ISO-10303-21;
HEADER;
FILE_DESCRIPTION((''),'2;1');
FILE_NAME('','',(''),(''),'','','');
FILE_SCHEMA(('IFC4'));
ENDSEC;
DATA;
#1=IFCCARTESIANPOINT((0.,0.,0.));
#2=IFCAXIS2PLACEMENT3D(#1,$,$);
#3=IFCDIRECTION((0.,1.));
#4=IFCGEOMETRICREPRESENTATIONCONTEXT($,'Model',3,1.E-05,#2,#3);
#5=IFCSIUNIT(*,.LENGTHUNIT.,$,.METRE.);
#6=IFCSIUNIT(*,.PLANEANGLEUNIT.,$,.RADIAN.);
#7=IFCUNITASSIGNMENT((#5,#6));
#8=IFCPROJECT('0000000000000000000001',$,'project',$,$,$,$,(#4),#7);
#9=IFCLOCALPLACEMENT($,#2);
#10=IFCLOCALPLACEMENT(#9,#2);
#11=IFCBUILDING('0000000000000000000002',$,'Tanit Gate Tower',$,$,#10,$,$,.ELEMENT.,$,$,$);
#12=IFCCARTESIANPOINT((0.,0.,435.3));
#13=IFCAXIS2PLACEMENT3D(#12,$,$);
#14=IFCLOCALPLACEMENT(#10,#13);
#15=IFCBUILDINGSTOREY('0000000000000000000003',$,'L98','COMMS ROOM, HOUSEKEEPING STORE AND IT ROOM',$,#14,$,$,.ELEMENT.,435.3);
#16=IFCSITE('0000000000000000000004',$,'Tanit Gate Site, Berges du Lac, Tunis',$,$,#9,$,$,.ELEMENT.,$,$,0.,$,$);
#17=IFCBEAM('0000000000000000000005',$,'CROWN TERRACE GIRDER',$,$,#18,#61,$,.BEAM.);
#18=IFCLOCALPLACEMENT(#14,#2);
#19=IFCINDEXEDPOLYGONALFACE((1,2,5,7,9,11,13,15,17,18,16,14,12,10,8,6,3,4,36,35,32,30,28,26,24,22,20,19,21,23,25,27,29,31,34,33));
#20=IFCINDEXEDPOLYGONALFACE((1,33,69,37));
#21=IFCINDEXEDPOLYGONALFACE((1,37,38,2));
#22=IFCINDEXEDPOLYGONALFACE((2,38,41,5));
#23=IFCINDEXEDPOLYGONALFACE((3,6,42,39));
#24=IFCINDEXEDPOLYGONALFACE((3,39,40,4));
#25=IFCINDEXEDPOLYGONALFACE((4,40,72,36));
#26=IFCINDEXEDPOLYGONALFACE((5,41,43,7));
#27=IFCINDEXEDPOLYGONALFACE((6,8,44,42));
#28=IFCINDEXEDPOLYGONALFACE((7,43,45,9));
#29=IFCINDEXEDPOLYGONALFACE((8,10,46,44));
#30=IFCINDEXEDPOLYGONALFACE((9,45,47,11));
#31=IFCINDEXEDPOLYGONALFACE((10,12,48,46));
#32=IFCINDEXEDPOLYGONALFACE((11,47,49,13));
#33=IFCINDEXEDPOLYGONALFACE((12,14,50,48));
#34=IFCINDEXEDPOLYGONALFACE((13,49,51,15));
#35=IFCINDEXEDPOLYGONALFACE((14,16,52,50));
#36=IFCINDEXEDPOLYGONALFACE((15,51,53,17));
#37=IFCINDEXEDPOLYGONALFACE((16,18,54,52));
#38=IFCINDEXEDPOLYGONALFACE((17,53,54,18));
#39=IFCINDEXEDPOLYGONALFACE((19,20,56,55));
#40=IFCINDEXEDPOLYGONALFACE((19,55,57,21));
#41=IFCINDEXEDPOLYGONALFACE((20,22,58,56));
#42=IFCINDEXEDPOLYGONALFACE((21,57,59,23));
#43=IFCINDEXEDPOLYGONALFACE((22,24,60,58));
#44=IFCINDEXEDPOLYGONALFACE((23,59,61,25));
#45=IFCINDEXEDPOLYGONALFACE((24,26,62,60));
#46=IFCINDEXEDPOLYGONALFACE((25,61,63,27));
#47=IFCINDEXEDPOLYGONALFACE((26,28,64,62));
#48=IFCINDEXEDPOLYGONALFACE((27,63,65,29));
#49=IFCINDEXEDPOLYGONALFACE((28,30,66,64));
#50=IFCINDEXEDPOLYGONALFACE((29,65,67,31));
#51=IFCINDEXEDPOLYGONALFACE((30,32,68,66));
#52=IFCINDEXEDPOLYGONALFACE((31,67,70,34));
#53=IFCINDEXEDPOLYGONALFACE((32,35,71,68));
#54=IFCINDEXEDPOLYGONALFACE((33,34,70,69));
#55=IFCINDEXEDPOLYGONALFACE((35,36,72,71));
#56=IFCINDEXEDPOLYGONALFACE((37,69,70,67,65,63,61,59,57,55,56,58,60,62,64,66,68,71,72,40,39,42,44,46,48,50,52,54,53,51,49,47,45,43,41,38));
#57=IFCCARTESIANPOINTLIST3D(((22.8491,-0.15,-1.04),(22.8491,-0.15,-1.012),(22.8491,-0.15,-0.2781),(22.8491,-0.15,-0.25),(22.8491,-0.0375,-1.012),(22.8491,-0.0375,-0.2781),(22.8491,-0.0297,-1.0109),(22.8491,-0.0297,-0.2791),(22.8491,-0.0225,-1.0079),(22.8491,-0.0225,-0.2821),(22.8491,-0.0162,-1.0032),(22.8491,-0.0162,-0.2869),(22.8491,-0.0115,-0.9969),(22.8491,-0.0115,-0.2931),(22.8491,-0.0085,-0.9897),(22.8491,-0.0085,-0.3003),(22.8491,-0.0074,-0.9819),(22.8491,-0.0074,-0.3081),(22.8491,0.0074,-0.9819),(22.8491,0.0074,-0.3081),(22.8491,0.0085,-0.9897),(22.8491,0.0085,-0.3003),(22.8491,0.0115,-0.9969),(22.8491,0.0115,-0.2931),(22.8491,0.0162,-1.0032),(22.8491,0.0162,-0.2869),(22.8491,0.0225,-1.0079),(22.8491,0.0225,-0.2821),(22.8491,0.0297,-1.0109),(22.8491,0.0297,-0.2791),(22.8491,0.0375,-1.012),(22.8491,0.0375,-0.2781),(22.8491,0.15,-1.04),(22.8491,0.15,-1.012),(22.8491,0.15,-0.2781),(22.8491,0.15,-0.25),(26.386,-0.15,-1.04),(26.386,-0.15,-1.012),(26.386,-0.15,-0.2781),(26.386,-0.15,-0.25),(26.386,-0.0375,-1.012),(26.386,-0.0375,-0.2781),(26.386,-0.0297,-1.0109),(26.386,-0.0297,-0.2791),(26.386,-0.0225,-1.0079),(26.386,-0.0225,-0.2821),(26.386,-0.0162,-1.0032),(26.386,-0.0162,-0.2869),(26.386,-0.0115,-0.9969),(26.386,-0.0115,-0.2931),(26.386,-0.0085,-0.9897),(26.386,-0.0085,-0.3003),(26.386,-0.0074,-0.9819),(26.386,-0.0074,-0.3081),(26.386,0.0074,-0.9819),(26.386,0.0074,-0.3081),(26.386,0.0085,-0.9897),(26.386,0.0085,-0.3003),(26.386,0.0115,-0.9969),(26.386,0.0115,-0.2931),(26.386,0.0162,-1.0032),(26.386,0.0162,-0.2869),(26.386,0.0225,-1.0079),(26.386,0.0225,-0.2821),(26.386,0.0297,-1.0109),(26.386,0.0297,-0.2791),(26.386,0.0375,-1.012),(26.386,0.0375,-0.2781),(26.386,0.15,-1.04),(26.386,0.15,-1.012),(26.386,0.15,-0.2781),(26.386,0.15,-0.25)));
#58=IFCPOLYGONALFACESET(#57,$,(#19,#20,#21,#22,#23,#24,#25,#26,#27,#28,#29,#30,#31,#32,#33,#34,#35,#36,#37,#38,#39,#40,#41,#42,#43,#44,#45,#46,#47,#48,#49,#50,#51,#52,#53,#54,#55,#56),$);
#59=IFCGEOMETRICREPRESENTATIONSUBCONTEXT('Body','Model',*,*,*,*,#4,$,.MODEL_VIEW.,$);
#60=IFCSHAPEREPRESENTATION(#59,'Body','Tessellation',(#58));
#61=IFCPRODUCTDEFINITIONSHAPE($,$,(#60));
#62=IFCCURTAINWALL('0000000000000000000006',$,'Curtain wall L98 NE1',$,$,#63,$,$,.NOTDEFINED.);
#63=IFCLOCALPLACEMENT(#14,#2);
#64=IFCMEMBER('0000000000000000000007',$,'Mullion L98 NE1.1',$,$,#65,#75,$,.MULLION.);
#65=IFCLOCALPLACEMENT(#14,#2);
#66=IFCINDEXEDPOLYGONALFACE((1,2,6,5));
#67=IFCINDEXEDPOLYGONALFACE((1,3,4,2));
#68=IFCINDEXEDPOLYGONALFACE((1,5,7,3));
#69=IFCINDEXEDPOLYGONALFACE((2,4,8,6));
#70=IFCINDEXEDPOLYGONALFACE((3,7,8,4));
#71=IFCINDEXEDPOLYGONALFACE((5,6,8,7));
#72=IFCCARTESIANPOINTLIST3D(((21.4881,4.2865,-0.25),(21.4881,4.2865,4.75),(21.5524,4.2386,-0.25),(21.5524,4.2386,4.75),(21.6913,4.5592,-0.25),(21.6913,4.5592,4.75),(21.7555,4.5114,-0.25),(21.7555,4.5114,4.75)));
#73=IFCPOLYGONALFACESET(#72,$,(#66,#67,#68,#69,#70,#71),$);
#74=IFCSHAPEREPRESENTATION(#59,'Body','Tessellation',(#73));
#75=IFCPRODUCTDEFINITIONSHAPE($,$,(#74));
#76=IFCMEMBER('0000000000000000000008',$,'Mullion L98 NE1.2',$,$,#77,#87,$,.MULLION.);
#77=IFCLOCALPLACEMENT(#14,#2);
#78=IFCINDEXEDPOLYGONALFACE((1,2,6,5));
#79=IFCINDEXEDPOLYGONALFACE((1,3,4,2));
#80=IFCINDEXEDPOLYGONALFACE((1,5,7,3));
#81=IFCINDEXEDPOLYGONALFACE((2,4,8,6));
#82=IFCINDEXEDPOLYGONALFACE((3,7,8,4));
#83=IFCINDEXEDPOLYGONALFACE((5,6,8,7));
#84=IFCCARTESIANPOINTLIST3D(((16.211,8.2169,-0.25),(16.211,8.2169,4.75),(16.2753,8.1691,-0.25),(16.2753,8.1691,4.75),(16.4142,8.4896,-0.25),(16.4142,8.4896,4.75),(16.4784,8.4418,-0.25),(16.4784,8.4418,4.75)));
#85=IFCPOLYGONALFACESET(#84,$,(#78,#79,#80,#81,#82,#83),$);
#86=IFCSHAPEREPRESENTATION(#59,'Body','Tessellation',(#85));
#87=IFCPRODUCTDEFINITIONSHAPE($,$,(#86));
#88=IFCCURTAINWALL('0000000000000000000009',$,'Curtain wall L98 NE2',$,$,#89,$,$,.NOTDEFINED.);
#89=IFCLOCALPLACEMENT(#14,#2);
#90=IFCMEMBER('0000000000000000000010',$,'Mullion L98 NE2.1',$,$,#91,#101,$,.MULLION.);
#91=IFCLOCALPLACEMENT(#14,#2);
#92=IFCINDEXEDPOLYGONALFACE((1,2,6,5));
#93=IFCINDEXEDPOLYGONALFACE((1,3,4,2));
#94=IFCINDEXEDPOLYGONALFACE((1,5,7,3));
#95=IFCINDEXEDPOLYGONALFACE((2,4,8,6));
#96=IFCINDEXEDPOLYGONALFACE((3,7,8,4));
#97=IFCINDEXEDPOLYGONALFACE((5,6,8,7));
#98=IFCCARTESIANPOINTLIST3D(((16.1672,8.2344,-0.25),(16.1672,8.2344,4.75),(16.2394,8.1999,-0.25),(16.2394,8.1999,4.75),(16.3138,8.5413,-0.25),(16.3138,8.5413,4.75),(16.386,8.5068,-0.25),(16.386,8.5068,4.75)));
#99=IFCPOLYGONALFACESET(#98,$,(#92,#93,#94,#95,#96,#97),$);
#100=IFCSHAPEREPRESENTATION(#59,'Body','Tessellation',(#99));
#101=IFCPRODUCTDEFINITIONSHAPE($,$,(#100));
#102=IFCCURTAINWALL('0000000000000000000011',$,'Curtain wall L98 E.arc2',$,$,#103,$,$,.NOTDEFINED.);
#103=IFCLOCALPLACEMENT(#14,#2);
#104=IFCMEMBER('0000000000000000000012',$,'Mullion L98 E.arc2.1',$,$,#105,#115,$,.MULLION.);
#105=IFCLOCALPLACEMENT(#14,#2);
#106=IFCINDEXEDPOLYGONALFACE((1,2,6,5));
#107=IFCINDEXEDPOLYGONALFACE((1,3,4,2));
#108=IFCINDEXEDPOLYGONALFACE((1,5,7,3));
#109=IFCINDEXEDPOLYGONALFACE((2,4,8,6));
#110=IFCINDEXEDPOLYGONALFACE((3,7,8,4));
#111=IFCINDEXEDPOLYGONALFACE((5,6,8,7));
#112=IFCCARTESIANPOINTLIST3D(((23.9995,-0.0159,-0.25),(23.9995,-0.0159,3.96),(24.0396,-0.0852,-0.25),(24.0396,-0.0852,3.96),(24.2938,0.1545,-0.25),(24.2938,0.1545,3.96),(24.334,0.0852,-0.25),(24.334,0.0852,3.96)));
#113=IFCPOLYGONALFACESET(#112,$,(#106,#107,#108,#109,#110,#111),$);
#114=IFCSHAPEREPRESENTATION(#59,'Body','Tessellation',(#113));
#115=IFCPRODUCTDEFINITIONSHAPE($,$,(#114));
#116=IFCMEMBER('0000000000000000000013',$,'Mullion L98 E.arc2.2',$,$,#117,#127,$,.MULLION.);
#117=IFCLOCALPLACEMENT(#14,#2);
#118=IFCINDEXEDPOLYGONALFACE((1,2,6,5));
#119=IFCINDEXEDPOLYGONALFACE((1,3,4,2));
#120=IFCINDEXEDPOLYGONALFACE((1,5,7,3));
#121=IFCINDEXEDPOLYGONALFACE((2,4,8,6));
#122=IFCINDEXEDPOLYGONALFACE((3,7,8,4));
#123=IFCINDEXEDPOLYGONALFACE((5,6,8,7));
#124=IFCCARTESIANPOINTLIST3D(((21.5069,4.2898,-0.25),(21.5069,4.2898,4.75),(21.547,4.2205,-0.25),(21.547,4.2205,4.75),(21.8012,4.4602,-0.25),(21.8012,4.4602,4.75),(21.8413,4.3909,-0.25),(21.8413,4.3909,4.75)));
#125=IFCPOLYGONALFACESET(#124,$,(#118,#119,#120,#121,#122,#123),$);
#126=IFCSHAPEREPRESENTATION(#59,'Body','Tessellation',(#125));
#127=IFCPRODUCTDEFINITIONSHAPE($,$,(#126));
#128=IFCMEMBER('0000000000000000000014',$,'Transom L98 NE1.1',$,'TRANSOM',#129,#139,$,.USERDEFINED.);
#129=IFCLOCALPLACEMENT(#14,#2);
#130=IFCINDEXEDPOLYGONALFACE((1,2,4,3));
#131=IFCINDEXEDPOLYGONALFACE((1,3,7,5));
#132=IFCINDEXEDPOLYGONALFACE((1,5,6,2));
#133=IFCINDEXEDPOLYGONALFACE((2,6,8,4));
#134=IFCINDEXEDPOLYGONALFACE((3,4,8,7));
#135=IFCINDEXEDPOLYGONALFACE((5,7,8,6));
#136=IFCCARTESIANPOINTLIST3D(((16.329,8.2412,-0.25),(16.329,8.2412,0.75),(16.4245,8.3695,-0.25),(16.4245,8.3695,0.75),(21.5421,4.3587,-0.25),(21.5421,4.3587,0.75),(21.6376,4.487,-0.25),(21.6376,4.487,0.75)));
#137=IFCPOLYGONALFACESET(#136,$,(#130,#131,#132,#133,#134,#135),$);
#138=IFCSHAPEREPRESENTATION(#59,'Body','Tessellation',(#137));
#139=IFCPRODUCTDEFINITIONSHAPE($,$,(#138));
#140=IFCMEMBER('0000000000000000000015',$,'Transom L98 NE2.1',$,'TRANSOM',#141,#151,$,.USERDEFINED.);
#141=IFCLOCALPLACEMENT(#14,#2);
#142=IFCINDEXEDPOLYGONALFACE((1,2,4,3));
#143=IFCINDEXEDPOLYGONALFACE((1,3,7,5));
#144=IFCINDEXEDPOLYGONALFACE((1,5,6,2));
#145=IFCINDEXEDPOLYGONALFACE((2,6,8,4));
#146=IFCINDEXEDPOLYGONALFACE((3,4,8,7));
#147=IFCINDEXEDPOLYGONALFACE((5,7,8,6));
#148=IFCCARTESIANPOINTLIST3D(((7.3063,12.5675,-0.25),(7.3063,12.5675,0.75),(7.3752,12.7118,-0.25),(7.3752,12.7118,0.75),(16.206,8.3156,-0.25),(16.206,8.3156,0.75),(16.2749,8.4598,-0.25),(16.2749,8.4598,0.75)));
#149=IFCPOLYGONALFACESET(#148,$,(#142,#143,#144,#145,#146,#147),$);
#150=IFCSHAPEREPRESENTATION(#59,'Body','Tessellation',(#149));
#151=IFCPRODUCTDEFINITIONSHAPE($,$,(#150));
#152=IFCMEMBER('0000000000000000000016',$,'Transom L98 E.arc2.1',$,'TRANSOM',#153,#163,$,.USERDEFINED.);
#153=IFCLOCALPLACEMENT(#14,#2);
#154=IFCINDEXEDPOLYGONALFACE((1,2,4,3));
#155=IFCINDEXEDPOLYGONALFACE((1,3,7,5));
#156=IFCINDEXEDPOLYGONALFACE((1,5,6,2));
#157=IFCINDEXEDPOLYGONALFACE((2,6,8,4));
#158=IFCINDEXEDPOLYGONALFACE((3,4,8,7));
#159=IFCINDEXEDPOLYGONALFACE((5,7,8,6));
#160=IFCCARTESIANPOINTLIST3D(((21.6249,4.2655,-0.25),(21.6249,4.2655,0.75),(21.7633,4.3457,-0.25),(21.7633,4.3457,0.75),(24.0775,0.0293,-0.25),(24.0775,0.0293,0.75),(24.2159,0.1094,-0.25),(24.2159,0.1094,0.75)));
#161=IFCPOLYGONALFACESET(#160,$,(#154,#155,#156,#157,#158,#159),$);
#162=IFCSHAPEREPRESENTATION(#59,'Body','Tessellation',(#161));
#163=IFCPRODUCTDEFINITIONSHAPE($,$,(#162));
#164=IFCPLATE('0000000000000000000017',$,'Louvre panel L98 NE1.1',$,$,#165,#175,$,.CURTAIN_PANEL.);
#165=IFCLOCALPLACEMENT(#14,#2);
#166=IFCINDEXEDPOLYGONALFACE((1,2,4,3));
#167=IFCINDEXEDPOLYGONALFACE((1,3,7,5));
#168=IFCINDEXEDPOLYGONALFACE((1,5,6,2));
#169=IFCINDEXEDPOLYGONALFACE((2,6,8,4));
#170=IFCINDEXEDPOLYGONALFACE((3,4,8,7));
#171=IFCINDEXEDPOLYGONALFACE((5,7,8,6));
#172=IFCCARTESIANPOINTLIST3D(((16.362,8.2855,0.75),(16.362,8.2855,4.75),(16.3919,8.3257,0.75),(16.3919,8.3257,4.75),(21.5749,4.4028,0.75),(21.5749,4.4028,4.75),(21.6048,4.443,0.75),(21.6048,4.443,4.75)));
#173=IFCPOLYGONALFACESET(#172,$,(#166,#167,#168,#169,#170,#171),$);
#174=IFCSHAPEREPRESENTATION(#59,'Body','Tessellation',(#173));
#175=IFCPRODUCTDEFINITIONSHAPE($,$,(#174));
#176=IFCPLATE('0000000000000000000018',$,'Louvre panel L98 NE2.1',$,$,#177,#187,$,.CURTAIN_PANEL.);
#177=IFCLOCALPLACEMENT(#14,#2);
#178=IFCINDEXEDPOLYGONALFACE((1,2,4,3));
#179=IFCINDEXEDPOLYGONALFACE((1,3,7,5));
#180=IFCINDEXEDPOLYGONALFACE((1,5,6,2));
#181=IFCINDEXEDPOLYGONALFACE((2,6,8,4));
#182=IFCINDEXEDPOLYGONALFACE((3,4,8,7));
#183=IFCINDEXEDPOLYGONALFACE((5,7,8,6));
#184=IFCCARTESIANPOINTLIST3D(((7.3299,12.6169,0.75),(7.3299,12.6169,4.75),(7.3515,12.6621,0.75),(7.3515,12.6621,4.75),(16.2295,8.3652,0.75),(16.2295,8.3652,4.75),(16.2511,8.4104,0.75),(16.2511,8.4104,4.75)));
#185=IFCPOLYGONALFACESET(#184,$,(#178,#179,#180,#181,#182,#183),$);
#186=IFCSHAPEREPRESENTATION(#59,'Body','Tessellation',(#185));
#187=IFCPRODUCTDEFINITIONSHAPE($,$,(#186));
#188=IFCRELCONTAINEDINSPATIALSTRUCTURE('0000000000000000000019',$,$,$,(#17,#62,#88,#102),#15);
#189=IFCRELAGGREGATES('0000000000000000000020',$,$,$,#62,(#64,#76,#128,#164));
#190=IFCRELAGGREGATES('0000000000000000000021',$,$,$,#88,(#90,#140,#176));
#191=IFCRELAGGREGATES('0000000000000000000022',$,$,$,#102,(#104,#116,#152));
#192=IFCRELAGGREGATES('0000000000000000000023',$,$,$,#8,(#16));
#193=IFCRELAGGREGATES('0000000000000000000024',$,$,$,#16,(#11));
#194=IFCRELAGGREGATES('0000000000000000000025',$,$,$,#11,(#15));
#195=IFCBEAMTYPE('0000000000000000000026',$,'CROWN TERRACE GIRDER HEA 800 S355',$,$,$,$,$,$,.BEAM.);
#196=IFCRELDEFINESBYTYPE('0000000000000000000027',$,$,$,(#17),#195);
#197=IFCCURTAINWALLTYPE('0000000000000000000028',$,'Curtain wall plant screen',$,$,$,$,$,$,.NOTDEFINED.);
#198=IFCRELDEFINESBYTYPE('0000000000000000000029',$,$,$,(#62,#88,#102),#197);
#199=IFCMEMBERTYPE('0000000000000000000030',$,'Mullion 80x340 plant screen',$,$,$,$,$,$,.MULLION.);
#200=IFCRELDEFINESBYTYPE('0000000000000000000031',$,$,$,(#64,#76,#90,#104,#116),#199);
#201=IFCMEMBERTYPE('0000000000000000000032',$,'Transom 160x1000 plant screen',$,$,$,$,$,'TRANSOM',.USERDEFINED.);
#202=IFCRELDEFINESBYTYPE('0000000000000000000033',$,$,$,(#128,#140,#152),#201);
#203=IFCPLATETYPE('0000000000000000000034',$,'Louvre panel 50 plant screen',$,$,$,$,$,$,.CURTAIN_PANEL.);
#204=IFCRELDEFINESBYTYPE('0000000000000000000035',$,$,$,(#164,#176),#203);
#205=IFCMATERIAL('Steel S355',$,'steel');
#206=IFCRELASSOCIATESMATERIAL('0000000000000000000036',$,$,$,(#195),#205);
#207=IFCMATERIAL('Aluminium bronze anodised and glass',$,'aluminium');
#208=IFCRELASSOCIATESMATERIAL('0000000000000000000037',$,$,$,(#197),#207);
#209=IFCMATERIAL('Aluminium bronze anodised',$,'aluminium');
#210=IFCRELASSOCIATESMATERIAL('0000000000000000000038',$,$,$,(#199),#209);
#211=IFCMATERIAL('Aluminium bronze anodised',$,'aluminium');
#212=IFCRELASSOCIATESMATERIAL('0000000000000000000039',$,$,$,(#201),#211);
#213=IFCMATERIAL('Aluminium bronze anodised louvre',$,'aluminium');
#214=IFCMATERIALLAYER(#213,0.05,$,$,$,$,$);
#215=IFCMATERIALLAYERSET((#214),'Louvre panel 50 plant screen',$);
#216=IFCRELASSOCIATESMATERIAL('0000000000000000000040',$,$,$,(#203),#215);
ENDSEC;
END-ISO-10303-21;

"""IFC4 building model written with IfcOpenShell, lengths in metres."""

from ifc_helpers import new_model, si_unit, direction, frame, origin, origin_2d, place, context, subcontext, project, spatial, rectangle, i_section, extrude, material, layer, layer_set, material_profile, profile_set, type_object, element, aggregate, save


model = new_model("IFC4")

# Units and contexts
model_context = context("Model", 3, precision=1e-05, world=origin(), true_north=direction((0.0, 1.0)))
body_context = subcontext(model_context, "Body", "Model", "MODEL_VIEW")
ifc_project = project(units=[si_unit("LENGTHUNIT", "METRE"), si_unit("PLANEANGLEUNIT", "RADIAN")], contexts=[model_context])

# Site, building, storey
site_placement = place(None, origin())
site = spatial("IfcSite", under=ifc_project, at=site_placement, Name="Tanit Gate Site, Berges du Lac, Tunis", CompositionType="ELEMENT", RefElevation=0.0)
building_placement = place(site_placement, origin())
building = spatial("IfcBuilding", under=site, at=building_placement, Name="Tanit Gate Tower", CompositionType="ELEMENT")
storey_placement = place(building_placement, frame((0.0, 0.0, 435.3)))
storey = spatial("IfcBuildingStorey", under=building, at=storey_placement, Name="L98", Description="COMMS ROOM, HOUSEKEEPING STORE AND IT ROOM", CompositionType="ELEMENT", Elevation=435.3)

# Beam
ifc_material_1 = material(Name="Steel S355", Category="steel")
ifc_material_profile_1 = material_profile(ifc_material_1, i_section(OverallWidth=0.3, OverallDepth=0.79, WebThickness=0.0149, FlangeThickness=0.0281, FilletRadius=0.03, at=origin_2d()), Name="HEA 800")
ifc_profile_set_1 = profile_set([ifc_material_profile_1], Name="Steel S355")
beam_type = type_object("IfcBeamType", Name="CROWN TERRACE GIRDER HEA 800 S355", PredefinedType="BEAM", material=ifc_profile_set_1)
beam_placement = place(storey_placement, frame((22.8491, 0.0, -0.645), z_axis=(1.0, 0.0, 0.0), x_axis=(0.0, 1.0, 0.0)))
element("IfcBeam", 1, at=beam_placement, inside=storey, type_object=beam_type, Name="CROWN TERRACE GIRDER", PredefinedType="BEAM", context=body_context, shape_type="SweptSolid", body=[
    extrude(i_section(OverallWidth=0.3, OverallDepth=0.79, WebThickness=0.0149, FlangeThickness=0.0281, FilletRadius=0.03, at=origin_2d()), origin(), (0.0, 0.0, 1.0), 3.5369),
])

# Curtain wall, members
ifc_material_2 = material(Name="Aluminium bronze anodised and glass", Category="aluminium")
curtain_wall_type = type_object("IfcCurtainWallType", Name="Curtain wall plant screen", PredefinedType="NOTDEFINED", material=ifc_material_2)
curtain_wall_1_placement = place(storey_placement, origin())
curtain_wall_1 = element("IfcCurtainWall", 2, at=curtain_wall_1_placement, inside=storey, type_object=curtain_wall_type, Name="Curtain wall L98 NE1", PredefinedType="NOTDEFINED")
ifc_material_3 = material(Name="Aluminium bronze anodised", Category="aluminium")
ifc_material_profile_2 = material_profile(ifc_material_3, rectangle(XDim=0.3401, YDim=0.0801, at=origin_2d()), Name="80x340 bronze mullion")
ifc_profile_set_2 = profile_set([ifc_material_profile_2], Name="Aluminium bronze anodised")
member_type_1 = type_object("IfcMemberType", Name="Mullion 80x340 plant screen", PredefinedType="MULLION", material=ifc_profile_set_2)
member_1_placement = place(storey_placement, frame((21.6218, 4.3989, -0.25), z_axis=(0.0, 0.0, 1.0), x_axis=(-0.597341, -0.801988, 0.0)))
member_1 = element("IfcMember", 3, at=member_1_placement, type_object=member_type_1, Name="Mullion L98 NE1.1", PredefinedType="MULLION", context=body_context, shape_type="SweptSolid", body=[
    extrude(rectangle(XDim=0.3401, YDim=0.0801, at=origin_2d()), origin(), (0.0, 0.0, 1.0), 5.0),
])
member_2_placement = place(storey_placement, frame((16.3447, 8.3293, -0.25), z_axis=(0.0, 0.0, 1.0), x_axis=(-0.597341, -0.801988, 0.0)))
member_2 = element("IfcMember", 4, at=member_2_placement, type_object=member_type_1, Name="Mullion L98 NE1.2", PredefinedType="MULLION", context=body_context, shape_type="SweptSolid", body=[
    extrude(rectangle(XDim=0.3401, YDim=0.0801, at=origin_2d()), origin(), (0.0, 0.0, 1.0), 5.0),
])

# Curtain wall, member
curtain_wall_2_placement = place(storey_placement, origin())
curtain_wall_2 = element("IfcCurtainWall", 5, at=curtain_wall_2_placement, inside=storey, type_object=curtain_wall_type, Name="Curtain wall L98 NE2", PredefinedType="NOTDEFINED")
member_3_placement = place(storey_placement, frame((16.2766, 8.3706, -0.25), z_axis=(0.0, 0.0, 1.0), x_axis=(-0.431073, -0.902317, 0.0)))
member_3 = element("IfcMember", 6, at=member_3_placement, type_object=member_type_1, Name="Mullion L98 NE2.1", PredefinedType="MULLION", context=body_context, shape_type="SweptSolid", body=[
    extrude(rectangle(XDim=0.3401, YDim=0.0801, at=origin_2d()), origin(), (0.0, 0.0, 1.0), 5.0),
])

# Curtain wall, members
curtain_wall_3_placement = place(storey_placement, origin())
curtain_wall_3 = element("IfcCurtainWall", 7, at=curtain_wall_3_placement, inside=storey, type_object=curtain_wall_type, Name="Curtain wall L98 E.arc2", PredefinedType="NOTDEFINED")
member_4_placement = place(storey_placement, frame((24.1667, 0.0347, -0.25), z_axis=(0.0, 0.0, 1.0), x_axis=(-0.865425, -0.501038, 0.0)))
member_4 = element("IfcMember", 8, at=member_4_placement, type_object=member_type_1, Name="Mullion L98 E.arc2.1", PredefinedType="MULLION", context=body_context, shape_type="SweptSolid", body=[
    extrude(rectangle(XDim=0.3401, YDim=0.0801, at=origin_2d()), origin(), (0.0, 0.0, 1.0), 4.21),
])
member_5_placement = place(storey_placement, frame((21.6741, 4.3403, -0.25), z_axis=(0.0, 0.0, 1.0), x_axis=(-0.865425, -0.501038, 0.0)))
member_5 = element("IfcMember", 9, at=member_5_placement, type_object=member_type_1, Name="Mullion L98 E.arc2.2", PredefinedType="MULLION", context=body_context, shape_type="SweptSolid", body=[
    extrude(rectangle(XDim=0.3401, YDim=0.0801, at=origin_2d()), origin(), (0.0, 0.0, 1.0), 5.0),
])

# Members
ifc_material_4 = material(Name="Aluminium bronze anodised", Category="aluminium")
ifc_material_profile_3 = material_profile(ifc_material_4, rectangle(XDim=0.1599, YDim=1.0, at=origin_2d()), Name="160x1000 bronze transom")
ifc_profile_set_3 = profile_set([ifc_material_profile_3], Name="Aluminium bronze anodised")
member_type_2 = type_object("IfcMemberType", Name="Transom 160x1000 plant screen", ElementType="TRANSOM", PredefinedType="USERDEFINED", material=ifc_profile_set_3)
member_6_placement = place(storey_placement, frame((21.5898, 4.4229, 0.25), z_axis=(-0.80201, 0.59731, 0.0), x_axis=(-0.59731, -0.80201, 0.0)))
member_6 = element("IfcMember", 10, at=member_6_placement, type_object=member_type_2, Name="Transom L98 NE1.1", ObjectType="TRANSOM", PredefinedType="USERDEFINED", context=body_context, shape_type="SweptSolid", body=[
    extrude(rectangle(XDim=0.1599, YDim=1.0, at=origin_2d()), origin(), (0.0, 0.0, 1.0), 6.5),
])
member_7_placement = place(storey_placement, frame((16.2405, 8.3877, 0.25), z_axis=(-0.902308, 0.431092, 0.0), x_axis=(-0.431092, -0.902308, 0.0)))
member_7 = element("IfcMember", 11, at=member_7_placement, type_object=member_type_2, Name="Transom L98 NE2.1", ObjectType="TRANSOM", PredefinedType="USERDEFINED", context=body_context, shape_type="SweptSolid", body=[
    extrude(rectangle(XDim=0.1599, YDim=1.0, at=origin_2d()), origin(), (0.0, 0.0, 1.0), 9.8633),
])
member_8_placement = place(storey_placement, frame((24.1467, 0.0693, 0.25), z_axis=(-0.50104, 0.865424, 0.0), x_axis=(-0.865424, -0.50104, 0.0)))
member_8 = element("IfcMember", 12, at=member_8_placement, type_object=member_type_2, Name="Transom L98 E.arc2.1", ObjectType="TRANSOM", PredefinedType="USERDEFINED", context=body_context, shape_type="SweptSolid", body=[
    extrude(rectangle(XDim=0.1599, YDim=1.0, at=origin_2d()), origin(), (0.0, 0.0, 1.0), 4.895),
])

# Plates
ifc_material_5 = material(Name="Aluminium bronze anodised louvre", Category="aluminium")
ifc_layer_1 = layer(ifc_material_5, 0.05)
ifc_layer_set_1 = layer_set([ifc_layer_1], Name="Louvre panel 50 plant screen")
plate_type = type_object("IfcPlateType", Name="Louvre panel 50 plant screen", PredefinedType="CURTAIN_PANEL", material=ifc_layer_set_1)
plate_1_placement = place(storey_placement, frame((18.9834, 6.3643, 0.75), z_axis=(0.0, 0.0, 1.0), x_axis=(-0.801988, 0.597341, 0.0)))
plate_1 = element("IfcPlate", 13, at=plate_1_placement, type_object=plate_type, Name="Louvre panel L98 NE1.1", PredefinedType="CURTAIN_PANEL", context=body_context, shape_type="SweptSolid", body=[
    extrude(rectangle(XDim=6.5, YDim=0.05, at=origin_2d()), origin(), (0.0, 0.0, 1.0), 4.0),
])
aggregate(curtain_wall_1, [member_1, member_2, member_6, plate_1])
plate_2_placement = place(storey_placement, frame((11.7905, 10.5137, 0.75), z_axis=(0.0, 0.0, 1.0), x_axis=(-0.902317, 0.431073, 0.0)))
plate_2 = element("IfcPlate", 14, at=plate_2_placement, type_object=plate_type, Name="Louvre panel L98 NE2.1", PredefinedType="CURTAIN_PANEL", context=body_context, shape_type="SweptSolid", body=[
    extrude(rectangle(XDim=9.863, YDim=0.05, at=origin_2d()), origin(), (0.0, 0.0, 1.0), 4.0),
])
aggregate(curtain_wall_2, [member_3, member_7, plate_2])
aggregate(curtain_wall_3, [member_4, member_5, member_8])

save(model, "model.ifc")
